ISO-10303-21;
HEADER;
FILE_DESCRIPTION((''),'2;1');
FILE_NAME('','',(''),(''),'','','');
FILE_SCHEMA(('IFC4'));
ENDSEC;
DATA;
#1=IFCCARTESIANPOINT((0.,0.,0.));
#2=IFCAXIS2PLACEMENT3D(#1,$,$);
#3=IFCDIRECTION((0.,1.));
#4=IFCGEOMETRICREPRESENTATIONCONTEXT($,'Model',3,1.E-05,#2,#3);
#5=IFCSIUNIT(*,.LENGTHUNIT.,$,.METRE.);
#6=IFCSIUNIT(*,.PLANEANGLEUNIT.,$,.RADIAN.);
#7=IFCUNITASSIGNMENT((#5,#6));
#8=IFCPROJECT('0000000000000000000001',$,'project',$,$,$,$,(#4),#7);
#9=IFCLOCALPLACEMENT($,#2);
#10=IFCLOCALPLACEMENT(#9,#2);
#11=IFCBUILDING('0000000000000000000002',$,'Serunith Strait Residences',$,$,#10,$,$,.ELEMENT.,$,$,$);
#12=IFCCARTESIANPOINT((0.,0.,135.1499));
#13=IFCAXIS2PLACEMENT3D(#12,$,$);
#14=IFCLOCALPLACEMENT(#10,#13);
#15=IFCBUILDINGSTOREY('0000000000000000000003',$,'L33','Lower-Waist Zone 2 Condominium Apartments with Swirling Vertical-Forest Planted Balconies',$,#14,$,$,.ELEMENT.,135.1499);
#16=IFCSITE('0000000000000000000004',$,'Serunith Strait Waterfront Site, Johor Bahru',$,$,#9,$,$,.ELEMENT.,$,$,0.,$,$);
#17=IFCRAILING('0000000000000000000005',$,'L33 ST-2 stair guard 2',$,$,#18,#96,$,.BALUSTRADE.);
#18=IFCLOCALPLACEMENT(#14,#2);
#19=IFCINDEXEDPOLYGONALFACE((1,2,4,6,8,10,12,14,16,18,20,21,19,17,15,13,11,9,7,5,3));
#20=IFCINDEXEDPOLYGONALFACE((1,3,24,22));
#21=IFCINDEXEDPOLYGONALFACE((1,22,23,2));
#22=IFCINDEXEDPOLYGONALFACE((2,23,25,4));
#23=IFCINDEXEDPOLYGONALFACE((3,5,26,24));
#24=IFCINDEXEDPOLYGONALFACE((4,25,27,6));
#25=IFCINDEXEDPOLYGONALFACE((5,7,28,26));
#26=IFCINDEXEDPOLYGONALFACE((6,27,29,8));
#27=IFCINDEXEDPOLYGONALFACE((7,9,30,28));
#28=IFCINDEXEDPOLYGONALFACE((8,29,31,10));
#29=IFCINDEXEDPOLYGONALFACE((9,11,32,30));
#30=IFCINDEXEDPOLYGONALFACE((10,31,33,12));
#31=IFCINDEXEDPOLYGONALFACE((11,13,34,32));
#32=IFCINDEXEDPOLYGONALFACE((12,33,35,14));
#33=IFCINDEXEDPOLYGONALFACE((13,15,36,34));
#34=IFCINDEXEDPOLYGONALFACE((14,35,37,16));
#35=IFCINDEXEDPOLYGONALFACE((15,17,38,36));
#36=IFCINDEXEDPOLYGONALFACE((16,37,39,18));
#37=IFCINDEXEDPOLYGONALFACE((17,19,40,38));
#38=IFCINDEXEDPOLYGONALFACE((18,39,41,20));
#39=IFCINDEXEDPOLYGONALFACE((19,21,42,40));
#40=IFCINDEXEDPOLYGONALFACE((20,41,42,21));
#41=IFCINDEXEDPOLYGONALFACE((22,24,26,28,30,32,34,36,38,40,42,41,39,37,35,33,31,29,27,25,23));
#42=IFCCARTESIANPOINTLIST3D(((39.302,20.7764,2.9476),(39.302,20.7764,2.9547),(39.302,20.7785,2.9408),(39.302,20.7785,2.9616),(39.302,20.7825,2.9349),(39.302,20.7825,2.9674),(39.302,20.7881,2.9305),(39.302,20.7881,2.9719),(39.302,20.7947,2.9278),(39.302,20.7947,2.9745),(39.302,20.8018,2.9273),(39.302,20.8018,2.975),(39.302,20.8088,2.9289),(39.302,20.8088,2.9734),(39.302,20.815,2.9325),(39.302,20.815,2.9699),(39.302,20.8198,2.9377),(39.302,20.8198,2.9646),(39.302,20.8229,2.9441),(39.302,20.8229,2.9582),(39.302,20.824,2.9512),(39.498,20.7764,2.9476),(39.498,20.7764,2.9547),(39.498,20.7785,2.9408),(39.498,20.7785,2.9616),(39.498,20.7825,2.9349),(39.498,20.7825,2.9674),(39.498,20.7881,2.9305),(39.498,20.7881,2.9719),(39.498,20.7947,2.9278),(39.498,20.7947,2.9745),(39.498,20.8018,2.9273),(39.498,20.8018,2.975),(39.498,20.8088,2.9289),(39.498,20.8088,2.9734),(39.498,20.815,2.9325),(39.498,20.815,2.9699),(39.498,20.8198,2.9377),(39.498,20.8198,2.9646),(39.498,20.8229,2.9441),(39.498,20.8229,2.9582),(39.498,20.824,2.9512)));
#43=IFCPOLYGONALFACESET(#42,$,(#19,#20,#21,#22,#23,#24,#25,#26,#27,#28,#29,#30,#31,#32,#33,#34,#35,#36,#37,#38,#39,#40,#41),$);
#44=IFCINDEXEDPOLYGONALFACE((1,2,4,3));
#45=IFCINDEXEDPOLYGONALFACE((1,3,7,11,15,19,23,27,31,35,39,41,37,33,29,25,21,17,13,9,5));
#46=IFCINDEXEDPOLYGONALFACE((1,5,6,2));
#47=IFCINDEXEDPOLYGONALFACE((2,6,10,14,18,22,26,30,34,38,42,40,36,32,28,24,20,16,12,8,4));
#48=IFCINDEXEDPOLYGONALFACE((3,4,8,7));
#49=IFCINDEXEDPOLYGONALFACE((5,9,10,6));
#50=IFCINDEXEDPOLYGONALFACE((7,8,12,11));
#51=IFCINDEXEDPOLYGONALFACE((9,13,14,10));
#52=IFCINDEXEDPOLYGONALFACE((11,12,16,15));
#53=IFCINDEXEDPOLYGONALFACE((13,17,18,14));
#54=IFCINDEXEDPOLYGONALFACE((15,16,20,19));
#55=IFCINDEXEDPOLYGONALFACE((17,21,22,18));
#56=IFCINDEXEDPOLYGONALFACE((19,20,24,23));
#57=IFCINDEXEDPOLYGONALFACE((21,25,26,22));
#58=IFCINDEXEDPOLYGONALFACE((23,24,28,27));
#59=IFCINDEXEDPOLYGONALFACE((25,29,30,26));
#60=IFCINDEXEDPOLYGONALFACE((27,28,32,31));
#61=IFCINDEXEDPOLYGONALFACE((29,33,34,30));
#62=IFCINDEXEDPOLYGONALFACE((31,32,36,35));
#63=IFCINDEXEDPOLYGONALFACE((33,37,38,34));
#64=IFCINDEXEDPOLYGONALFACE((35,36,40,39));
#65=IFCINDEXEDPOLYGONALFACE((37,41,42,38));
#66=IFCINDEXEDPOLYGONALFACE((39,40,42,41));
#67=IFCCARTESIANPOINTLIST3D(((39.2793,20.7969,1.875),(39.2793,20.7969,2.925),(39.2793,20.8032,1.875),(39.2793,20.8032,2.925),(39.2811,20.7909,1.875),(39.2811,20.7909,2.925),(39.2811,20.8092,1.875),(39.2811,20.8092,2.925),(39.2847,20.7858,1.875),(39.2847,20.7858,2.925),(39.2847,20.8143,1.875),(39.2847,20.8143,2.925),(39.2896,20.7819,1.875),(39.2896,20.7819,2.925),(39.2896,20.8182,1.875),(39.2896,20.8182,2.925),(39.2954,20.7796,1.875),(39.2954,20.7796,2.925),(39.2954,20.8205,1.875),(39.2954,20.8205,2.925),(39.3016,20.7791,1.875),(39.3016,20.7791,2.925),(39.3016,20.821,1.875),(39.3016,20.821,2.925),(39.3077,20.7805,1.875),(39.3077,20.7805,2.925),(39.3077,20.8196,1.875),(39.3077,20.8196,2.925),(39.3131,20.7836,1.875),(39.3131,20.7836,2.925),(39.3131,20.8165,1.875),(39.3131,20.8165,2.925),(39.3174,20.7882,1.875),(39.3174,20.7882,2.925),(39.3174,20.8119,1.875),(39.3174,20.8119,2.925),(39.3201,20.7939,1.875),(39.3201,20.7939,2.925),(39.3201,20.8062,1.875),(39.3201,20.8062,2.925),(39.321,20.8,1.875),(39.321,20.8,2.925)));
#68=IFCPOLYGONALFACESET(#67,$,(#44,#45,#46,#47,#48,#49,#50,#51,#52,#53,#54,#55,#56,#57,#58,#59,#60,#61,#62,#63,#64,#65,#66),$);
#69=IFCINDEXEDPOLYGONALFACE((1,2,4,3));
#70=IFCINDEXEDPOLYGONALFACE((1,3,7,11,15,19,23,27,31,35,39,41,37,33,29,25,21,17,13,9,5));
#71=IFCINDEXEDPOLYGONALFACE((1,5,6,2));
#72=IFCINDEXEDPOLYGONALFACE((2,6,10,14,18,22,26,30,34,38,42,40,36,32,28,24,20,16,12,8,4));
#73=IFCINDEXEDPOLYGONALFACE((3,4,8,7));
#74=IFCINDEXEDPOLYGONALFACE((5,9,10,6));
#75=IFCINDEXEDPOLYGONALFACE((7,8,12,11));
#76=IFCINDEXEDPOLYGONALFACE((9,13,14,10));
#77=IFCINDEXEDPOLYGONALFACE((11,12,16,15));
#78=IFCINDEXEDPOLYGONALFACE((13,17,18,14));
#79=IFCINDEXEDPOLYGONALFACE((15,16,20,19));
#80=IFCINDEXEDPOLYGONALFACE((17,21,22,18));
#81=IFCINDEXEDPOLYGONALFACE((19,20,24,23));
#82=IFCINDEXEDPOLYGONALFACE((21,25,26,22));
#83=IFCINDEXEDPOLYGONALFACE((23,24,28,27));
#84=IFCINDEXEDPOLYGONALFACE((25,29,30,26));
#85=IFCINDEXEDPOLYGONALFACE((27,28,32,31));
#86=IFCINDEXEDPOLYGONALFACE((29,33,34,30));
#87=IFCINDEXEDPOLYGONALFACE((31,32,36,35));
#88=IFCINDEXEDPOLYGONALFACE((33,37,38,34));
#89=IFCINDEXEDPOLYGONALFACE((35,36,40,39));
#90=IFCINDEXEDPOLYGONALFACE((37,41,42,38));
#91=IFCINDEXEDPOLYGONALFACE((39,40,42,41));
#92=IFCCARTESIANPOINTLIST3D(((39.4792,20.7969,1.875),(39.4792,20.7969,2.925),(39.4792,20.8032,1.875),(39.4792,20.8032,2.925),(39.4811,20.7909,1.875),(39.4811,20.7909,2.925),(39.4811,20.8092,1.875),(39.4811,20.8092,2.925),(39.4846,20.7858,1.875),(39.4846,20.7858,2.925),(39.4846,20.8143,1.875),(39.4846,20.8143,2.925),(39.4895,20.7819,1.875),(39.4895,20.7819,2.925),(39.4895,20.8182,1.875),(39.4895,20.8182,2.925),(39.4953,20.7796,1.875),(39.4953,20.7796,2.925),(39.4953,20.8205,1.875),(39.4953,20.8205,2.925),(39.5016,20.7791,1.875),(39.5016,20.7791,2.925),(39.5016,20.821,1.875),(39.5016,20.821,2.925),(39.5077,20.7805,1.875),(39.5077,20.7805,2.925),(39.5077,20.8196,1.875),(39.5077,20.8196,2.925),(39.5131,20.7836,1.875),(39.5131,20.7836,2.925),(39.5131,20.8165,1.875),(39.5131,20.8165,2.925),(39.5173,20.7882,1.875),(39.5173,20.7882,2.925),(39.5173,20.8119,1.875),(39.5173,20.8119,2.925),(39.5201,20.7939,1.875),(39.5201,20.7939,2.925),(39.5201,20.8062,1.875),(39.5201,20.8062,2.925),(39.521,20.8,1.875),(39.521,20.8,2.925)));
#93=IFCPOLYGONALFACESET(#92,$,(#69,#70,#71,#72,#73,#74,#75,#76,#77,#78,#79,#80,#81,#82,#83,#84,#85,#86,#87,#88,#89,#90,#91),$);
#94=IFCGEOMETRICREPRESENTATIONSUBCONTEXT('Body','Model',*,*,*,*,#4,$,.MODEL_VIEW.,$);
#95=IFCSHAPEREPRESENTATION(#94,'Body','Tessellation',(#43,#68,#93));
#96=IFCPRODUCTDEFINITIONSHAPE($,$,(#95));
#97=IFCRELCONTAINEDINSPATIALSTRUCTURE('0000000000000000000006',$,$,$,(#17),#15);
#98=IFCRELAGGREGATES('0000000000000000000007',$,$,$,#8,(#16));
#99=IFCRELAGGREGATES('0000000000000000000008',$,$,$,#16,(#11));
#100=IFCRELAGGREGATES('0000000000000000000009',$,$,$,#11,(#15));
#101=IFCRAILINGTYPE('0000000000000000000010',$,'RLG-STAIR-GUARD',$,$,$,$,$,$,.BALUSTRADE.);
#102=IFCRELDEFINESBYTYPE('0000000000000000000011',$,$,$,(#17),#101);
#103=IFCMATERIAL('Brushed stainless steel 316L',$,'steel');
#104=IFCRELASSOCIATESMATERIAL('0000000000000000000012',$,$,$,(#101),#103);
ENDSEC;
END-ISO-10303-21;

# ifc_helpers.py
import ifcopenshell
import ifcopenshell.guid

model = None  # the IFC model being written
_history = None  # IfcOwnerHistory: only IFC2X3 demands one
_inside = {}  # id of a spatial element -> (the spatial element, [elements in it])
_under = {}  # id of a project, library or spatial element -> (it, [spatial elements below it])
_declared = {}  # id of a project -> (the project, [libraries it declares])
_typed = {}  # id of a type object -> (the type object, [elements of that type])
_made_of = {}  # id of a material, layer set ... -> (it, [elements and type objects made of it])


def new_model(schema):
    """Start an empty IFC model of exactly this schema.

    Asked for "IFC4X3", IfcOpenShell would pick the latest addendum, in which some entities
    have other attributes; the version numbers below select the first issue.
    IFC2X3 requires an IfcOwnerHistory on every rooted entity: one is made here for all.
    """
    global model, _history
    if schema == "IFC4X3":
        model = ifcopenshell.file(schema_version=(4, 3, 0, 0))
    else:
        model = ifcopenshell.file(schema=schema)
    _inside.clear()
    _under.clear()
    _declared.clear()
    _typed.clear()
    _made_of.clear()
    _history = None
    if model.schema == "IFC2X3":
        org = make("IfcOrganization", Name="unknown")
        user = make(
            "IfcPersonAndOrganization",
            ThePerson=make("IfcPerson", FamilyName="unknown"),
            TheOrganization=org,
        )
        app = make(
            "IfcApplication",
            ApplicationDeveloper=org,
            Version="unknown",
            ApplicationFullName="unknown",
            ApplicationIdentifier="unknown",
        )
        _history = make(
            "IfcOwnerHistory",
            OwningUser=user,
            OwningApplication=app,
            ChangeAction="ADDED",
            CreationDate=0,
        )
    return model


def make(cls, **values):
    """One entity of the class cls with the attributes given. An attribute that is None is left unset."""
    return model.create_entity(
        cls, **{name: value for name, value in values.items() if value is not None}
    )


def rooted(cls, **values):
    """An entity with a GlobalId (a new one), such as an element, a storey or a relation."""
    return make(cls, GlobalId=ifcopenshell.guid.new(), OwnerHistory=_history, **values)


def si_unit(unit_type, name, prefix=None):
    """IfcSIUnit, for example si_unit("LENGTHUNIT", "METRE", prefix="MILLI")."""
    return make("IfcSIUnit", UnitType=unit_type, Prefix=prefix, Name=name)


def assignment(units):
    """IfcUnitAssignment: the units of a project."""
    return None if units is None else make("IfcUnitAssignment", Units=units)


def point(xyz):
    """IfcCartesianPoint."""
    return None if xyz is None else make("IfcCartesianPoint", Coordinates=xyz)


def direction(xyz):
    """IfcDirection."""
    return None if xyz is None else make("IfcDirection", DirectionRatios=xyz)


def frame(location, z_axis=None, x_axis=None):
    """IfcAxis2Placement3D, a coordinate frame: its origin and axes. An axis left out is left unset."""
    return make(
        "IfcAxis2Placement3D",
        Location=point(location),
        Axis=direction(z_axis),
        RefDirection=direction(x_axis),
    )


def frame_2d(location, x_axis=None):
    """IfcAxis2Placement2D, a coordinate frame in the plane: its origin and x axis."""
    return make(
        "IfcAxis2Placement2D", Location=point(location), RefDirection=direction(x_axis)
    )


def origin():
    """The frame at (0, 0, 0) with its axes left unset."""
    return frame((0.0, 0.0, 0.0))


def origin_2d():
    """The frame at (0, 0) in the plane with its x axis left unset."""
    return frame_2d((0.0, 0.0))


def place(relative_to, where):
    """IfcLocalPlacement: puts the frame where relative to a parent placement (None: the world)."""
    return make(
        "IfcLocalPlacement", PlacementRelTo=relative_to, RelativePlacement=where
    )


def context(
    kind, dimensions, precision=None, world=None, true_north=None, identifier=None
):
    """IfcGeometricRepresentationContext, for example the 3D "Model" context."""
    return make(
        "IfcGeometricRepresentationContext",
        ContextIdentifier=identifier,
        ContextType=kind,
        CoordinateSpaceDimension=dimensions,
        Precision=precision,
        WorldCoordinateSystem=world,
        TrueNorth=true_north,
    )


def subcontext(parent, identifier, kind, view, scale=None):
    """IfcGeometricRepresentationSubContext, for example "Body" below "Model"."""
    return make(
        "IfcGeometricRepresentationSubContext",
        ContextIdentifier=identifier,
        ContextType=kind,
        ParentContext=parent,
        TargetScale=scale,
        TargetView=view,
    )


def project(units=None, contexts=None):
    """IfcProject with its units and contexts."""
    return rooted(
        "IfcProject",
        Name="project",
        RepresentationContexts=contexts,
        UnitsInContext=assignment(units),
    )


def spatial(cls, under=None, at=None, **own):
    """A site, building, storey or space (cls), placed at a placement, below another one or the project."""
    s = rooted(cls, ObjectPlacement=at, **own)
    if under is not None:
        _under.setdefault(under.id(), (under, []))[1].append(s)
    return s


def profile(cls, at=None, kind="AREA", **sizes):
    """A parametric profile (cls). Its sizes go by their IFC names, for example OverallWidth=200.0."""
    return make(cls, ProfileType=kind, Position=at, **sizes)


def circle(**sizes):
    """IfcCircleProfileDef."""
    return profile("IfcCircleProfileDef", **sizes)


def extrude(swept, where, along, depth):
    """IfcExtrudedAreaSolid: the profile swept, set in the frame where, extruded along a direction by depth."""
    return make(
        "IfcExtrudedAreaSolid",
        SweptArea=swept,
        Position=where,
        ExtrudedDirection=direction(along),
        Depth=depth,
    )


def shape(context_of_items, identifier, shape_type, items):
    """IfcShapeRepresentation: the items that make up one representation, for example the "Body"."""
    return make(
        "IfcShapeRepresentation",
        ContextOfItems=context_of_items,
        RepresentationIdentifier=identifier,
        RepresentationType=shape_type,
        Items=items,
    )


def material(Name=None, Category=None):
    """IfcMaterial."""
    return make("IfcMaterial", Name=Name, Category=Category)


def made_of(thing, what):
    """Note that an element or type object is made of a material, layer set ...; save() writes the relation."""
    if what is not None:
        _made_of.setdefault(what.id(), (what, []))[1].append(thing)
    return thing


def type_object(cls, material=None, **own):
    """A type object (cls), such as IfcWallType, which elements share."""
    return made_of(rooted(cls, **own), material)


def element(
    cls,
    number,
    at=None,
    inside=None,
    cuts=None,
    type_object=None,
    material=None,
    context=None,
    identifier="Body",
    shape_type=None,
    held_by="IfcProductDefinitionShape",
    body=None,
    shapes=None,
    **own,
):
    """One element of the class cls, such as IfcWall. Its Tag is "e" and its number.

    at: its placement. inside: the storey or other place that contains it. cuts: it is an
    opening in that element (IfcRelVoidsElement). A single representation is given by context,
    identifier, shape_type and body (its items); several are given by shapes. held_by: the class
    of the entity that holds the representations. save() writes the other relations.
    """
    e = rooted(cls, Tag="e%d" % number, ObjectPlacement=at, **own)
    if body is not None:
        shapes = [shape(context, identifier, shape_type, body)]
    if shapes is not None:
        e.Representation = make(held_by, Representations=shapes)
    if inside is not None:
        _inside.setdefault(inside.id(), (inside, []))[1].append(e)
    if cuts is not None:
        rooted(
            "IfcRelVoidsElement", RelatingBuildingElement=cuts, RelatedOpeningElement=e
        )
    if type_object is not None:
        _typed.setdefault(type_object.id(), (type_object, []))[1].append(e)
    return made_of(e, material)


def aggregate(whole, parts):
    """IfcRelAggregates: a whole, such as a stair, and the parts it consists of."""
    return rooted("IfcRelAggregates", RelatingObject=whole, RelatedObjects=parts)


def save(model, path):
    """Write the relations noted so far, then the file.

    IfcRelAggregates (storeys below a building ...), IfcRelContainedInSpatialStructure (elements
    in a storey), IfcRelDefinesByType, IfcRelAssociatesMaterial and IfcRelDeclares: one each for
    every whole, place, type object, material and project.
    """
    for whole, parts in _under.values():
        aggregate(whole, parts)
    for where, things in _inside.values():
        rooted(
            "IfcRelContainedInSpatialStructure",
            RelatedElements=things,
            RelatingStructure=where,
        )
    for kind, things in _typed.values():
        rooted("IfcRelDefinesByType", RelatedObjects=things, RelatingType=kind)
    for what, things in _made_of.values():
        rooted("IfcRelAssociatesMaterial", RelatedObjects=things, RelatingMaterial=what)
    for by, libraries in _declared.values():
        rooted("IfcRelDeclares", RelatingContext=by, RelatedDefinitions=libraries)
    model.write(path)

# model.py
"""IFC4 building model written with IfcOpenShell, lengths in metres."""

from ifc_helpers import new_model, si_unit, direction, frame, origin, origin_2d, place, context, subcontext, project, spatial, circle, extrude, material, type_object, element, save


model = new_model("IFC4")

# Units and contexts
model_context = context("Model", 3, precision=1e-05, world=origin(), true_north=direction((0.0, 1.0)))
body_context = subcontext(model_context, "Body", "Model", "MODEL_VIEW")
ifc_project = project(units=[si_unit("LENGTHUNIT", "METRE"), si_unit("PLANEANGLEUNIT", "RADIAN")], contexts=[model_context])

# Site, building, storey
site_placement = place(None, origin())
site = spatial("IfcSite", under=ifc_project, at=site_placement, Name="Serunith Strait Waterfront Site, Johor Bahru", CompositionType="ELEMENT", RefElevation=0.0)
building_placement = place(site_placement, origin())
building = spatial("IfcBuilding", under=site, at=building_placement, Name="Serunith Strait Residences", CompositionType="ELEMENT")
storey_placement = place(building_placement, frame((0.0, 0.0, 135.1499)))
storey = spatial("IfcBuildingStorey", under=building, at=storey_placement, Name="L33", Description="Lower-Waist Zone 2 Condominium Apartments with Swirling Vertical-Forest Planted Balconies", CompositionType="ELEMENT", Elevation=135.1499)

# Railing
ifc_material_1 = material(Name="Brushed stainless steel 316L", Category="steel")
railing_type_1 = type_object("IfcRailingType", Name="RLG-STAIR-GUARD", PredefinedType="BALUSTRADE", material=ifc_material_1)
railing_1_placement = place(storey_placement, frame((39.3, 20.8, 1.875)))
element("IfcRailing", 1, at=railing_1_placement, inside=storey, type_object=railing_type_1, Name="L33 ST-2 stair guard 2", PredefinedType="BALUSTRADE", context=body_context, shape_type="SweptSolid", body=[
    extrude(circle(Radius=0.0239, at=origin_2d()), frame((0.002, 0.0, 1.0762), z_axis=(1.0, 0.0, 0.0), x_axis=(0.0, 1.0, 0.0)), (0.0, 0.0, 1.0), 0.196),
    extrude(circle(Radius=0.021, at=origin_2d()), origin(), (0.0, 0.0, 1.0), 1.05),
    extrude(circle(Radius=0.021, at=origin_2d()), frame((0.2, 0.0, 0.0)), (0.0, 0.0, 1.0), 1.05),
])

save(model, "model.ifc")
